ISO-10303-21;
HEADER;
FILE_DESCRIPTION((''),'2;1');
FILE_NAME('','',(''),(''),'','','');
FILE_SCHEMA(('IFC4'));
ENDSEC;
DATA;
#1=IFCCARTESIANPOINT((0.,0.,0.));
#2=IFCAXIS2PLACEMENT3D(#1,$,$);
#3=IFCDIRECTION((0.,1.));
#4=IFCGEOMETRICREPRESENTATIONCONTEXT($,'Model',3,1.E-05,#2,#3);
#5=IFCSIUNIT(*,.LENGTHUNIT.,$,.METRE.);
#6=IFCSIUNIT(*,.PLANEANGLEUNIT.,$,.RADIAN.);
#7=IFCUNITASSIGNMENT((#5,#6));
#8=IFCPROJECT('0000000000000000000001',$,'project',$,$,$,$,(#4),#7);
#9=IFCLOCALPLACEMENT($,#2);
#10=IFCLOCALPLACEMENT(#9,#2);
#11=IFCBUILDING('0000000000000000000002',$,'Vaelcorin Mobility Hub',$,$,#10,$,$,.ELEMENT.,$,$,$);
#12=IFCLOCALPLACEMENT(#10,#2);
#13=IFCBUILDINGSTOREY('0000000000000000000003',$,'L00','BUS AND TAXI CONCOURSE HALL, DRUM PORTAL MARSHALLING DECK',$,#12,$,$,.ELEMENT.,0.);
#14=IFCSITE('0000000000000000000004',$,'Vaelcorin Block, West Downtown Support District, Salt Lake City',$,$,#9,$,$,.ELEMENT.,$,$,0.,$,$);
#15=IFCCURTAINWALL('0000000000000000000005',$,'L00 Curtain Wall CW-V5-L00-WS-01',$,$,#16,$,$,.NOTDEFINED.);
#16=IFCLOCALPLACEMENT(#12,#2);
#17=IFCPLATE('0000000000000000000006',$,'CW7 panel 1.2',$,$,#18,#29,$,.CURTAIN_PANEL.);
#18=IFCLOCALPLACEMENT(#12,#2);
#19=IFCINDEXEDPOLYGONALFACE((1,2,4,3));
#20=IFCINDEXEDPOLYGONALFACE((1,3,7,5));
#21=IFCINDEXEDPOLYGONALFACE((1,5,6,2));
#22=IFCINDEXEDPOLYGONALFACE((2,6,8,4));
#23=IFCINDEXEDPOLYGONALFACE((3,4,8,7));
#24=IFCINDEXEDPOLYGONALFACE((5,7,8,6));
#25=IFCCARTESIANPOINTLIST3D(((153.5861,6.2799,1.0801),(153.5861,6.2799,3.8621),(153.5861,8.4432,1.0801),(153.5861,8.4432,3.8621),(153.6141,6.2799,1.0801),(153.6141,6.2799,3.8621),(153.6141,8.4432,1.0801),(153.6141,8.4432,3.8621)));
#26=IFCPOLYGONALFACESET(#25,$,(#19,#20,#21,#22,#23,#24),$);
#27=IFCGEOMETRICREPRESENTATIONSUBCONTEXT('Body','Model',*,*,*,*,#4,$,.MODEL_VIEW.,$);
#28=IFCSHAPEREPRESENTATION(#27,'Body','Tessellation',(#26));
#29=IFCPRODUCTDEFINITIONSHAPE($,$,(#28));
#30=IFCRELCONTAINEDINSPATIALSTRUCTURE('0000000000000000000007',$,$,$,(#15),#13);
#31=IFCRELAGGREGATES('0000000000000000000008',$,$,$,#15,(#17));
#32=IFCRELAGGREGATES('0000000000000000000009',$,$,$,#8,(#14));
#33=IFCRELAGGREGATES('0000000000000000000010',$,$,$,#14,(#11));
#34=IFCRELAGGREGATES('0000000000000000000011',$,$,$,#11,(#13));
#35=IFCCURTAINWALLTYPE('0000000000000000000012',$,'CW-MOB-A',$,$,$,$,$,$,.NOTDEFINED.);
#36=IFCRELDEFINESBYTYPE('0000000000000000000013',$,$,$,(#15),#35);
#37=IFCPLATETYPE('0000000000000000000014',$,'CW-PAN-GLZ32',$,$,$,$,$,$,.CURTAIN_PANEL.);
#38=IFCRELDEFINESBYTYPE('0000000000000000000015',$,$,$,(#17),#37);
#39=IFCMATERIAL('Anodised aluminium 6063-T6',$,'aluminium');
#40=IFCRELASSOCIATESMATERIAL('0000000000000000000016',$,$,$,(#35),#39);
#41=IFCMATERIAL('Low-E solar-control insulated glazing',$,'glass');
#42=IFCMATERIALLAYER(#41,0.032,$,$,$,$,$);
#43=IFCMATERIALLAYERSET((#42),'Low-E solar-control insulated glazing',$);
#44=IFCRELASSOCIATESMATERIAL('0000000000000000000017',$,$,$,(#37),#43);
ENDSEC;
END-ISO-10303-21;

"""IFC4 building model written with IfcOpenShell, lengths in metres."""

from ifc_helpers import new_model, si_unit, direction, frame, origin, origin_2d, place, context, subcontext, project, spatial, rectangle, extrude, material, layer, layer_set, type_object, element, aggregate, save


model = new_model("IFC4")

# Units and contexts
model_context = context("Model", 3, precision=1e-05, world=origin(), true_north=direction((0.0, 1.0)))
body_context = subcontext(model_context, "Body", "Model", "MODEL_VIEW")
ifc_project = project(units=[si_unit("LENGTHUNIT", "METRE"), si_unit("PLANEANGLEUNIT", "RADIAN")], contexts=[model_context])

# Site, building, storey
site_placement = place(None, origin())
site = spatial("IfcSite", under=ifc_project, at=site_placement, Name="Vaelcorin Block, West Downtown Support District, Salt Lake City", CompositionType="ELEMENT", RefElevation=0.0)
building_placement = place(site_placement, origin())
building = spatial("IfcBuilding", under=site, at=building_placement, Name="Vaelcorin Mobility Hub", CompositionType="ELEMENT")
storey_placement = place(building_placement, origin())
storey = spatial("IfcBuildingStorey", under=building, at=storey_placement, Name="L00", Description="BUS AND TAXI CONCOURSE HALL, DRUM PORTAL MARSHALLING DECK", CompositionType="ELEMENT", Elevation=0.0)

# Shared definitions
ifc_material_1 = material(Name="Anodised aluminium 6063-T6", Category="aluminium")

# Curtain wall
curtain_wall_type_1 = type_object("IfcCurtainWallType", Name="CW-MOB-A", PredefinedType="NOTDEFINED", material=ifc_material_1)
curtain_wall_1_placement = place(storey_placement, origin())
curtain_wall_1 = element("IfcCurtainWall", 1, at=curtain_wall_1_placement, inside=storey, type_object=curtain_wall_type_1, Name="L00 Curtain Wall CW-V5-L00-WS-01", PredefinedType="NOTDEFINED")

# Plate
ifc_material_2 = material(Name="Low-E solar-control insulated glazing", Category="glass")
ifc_layer = layer(ifc_material_2, 0.032)
ifc_layer_set = layer_set([ifc_layer], Name="Low-E solar-control insulated glazing")
plate_type = type_object("IfcPlateType", Name="CW-PAN-GLZ32", PredefinedType="CURTAIN_PANEL", material=ifc_layer_set)
plate_1_placement = place(storey_placement, frame((153.6001, 7.3616, 1.0801), z_axis=(0.0, 0.0, 1.0), x_axis=(0.0, 1.0, 0.0)))
plate_1 = element("IfcPlate", 2, at=plate_1_placement, type_object=plate_type, Name="CW7 panel 1.2", PredefinedType="CURTAIN_PANEL", context=body_context, shape_type="SweptSolid", body=[
    extrude(rectangle(XDim=2.1633, YDim=0.0281, at=origin_2d()), origin(), (0.0, 0.0, 1.0), 2.782),
])
aggregate(curtain_wall_1, [plate_1])

save(model, "model.ifc")
